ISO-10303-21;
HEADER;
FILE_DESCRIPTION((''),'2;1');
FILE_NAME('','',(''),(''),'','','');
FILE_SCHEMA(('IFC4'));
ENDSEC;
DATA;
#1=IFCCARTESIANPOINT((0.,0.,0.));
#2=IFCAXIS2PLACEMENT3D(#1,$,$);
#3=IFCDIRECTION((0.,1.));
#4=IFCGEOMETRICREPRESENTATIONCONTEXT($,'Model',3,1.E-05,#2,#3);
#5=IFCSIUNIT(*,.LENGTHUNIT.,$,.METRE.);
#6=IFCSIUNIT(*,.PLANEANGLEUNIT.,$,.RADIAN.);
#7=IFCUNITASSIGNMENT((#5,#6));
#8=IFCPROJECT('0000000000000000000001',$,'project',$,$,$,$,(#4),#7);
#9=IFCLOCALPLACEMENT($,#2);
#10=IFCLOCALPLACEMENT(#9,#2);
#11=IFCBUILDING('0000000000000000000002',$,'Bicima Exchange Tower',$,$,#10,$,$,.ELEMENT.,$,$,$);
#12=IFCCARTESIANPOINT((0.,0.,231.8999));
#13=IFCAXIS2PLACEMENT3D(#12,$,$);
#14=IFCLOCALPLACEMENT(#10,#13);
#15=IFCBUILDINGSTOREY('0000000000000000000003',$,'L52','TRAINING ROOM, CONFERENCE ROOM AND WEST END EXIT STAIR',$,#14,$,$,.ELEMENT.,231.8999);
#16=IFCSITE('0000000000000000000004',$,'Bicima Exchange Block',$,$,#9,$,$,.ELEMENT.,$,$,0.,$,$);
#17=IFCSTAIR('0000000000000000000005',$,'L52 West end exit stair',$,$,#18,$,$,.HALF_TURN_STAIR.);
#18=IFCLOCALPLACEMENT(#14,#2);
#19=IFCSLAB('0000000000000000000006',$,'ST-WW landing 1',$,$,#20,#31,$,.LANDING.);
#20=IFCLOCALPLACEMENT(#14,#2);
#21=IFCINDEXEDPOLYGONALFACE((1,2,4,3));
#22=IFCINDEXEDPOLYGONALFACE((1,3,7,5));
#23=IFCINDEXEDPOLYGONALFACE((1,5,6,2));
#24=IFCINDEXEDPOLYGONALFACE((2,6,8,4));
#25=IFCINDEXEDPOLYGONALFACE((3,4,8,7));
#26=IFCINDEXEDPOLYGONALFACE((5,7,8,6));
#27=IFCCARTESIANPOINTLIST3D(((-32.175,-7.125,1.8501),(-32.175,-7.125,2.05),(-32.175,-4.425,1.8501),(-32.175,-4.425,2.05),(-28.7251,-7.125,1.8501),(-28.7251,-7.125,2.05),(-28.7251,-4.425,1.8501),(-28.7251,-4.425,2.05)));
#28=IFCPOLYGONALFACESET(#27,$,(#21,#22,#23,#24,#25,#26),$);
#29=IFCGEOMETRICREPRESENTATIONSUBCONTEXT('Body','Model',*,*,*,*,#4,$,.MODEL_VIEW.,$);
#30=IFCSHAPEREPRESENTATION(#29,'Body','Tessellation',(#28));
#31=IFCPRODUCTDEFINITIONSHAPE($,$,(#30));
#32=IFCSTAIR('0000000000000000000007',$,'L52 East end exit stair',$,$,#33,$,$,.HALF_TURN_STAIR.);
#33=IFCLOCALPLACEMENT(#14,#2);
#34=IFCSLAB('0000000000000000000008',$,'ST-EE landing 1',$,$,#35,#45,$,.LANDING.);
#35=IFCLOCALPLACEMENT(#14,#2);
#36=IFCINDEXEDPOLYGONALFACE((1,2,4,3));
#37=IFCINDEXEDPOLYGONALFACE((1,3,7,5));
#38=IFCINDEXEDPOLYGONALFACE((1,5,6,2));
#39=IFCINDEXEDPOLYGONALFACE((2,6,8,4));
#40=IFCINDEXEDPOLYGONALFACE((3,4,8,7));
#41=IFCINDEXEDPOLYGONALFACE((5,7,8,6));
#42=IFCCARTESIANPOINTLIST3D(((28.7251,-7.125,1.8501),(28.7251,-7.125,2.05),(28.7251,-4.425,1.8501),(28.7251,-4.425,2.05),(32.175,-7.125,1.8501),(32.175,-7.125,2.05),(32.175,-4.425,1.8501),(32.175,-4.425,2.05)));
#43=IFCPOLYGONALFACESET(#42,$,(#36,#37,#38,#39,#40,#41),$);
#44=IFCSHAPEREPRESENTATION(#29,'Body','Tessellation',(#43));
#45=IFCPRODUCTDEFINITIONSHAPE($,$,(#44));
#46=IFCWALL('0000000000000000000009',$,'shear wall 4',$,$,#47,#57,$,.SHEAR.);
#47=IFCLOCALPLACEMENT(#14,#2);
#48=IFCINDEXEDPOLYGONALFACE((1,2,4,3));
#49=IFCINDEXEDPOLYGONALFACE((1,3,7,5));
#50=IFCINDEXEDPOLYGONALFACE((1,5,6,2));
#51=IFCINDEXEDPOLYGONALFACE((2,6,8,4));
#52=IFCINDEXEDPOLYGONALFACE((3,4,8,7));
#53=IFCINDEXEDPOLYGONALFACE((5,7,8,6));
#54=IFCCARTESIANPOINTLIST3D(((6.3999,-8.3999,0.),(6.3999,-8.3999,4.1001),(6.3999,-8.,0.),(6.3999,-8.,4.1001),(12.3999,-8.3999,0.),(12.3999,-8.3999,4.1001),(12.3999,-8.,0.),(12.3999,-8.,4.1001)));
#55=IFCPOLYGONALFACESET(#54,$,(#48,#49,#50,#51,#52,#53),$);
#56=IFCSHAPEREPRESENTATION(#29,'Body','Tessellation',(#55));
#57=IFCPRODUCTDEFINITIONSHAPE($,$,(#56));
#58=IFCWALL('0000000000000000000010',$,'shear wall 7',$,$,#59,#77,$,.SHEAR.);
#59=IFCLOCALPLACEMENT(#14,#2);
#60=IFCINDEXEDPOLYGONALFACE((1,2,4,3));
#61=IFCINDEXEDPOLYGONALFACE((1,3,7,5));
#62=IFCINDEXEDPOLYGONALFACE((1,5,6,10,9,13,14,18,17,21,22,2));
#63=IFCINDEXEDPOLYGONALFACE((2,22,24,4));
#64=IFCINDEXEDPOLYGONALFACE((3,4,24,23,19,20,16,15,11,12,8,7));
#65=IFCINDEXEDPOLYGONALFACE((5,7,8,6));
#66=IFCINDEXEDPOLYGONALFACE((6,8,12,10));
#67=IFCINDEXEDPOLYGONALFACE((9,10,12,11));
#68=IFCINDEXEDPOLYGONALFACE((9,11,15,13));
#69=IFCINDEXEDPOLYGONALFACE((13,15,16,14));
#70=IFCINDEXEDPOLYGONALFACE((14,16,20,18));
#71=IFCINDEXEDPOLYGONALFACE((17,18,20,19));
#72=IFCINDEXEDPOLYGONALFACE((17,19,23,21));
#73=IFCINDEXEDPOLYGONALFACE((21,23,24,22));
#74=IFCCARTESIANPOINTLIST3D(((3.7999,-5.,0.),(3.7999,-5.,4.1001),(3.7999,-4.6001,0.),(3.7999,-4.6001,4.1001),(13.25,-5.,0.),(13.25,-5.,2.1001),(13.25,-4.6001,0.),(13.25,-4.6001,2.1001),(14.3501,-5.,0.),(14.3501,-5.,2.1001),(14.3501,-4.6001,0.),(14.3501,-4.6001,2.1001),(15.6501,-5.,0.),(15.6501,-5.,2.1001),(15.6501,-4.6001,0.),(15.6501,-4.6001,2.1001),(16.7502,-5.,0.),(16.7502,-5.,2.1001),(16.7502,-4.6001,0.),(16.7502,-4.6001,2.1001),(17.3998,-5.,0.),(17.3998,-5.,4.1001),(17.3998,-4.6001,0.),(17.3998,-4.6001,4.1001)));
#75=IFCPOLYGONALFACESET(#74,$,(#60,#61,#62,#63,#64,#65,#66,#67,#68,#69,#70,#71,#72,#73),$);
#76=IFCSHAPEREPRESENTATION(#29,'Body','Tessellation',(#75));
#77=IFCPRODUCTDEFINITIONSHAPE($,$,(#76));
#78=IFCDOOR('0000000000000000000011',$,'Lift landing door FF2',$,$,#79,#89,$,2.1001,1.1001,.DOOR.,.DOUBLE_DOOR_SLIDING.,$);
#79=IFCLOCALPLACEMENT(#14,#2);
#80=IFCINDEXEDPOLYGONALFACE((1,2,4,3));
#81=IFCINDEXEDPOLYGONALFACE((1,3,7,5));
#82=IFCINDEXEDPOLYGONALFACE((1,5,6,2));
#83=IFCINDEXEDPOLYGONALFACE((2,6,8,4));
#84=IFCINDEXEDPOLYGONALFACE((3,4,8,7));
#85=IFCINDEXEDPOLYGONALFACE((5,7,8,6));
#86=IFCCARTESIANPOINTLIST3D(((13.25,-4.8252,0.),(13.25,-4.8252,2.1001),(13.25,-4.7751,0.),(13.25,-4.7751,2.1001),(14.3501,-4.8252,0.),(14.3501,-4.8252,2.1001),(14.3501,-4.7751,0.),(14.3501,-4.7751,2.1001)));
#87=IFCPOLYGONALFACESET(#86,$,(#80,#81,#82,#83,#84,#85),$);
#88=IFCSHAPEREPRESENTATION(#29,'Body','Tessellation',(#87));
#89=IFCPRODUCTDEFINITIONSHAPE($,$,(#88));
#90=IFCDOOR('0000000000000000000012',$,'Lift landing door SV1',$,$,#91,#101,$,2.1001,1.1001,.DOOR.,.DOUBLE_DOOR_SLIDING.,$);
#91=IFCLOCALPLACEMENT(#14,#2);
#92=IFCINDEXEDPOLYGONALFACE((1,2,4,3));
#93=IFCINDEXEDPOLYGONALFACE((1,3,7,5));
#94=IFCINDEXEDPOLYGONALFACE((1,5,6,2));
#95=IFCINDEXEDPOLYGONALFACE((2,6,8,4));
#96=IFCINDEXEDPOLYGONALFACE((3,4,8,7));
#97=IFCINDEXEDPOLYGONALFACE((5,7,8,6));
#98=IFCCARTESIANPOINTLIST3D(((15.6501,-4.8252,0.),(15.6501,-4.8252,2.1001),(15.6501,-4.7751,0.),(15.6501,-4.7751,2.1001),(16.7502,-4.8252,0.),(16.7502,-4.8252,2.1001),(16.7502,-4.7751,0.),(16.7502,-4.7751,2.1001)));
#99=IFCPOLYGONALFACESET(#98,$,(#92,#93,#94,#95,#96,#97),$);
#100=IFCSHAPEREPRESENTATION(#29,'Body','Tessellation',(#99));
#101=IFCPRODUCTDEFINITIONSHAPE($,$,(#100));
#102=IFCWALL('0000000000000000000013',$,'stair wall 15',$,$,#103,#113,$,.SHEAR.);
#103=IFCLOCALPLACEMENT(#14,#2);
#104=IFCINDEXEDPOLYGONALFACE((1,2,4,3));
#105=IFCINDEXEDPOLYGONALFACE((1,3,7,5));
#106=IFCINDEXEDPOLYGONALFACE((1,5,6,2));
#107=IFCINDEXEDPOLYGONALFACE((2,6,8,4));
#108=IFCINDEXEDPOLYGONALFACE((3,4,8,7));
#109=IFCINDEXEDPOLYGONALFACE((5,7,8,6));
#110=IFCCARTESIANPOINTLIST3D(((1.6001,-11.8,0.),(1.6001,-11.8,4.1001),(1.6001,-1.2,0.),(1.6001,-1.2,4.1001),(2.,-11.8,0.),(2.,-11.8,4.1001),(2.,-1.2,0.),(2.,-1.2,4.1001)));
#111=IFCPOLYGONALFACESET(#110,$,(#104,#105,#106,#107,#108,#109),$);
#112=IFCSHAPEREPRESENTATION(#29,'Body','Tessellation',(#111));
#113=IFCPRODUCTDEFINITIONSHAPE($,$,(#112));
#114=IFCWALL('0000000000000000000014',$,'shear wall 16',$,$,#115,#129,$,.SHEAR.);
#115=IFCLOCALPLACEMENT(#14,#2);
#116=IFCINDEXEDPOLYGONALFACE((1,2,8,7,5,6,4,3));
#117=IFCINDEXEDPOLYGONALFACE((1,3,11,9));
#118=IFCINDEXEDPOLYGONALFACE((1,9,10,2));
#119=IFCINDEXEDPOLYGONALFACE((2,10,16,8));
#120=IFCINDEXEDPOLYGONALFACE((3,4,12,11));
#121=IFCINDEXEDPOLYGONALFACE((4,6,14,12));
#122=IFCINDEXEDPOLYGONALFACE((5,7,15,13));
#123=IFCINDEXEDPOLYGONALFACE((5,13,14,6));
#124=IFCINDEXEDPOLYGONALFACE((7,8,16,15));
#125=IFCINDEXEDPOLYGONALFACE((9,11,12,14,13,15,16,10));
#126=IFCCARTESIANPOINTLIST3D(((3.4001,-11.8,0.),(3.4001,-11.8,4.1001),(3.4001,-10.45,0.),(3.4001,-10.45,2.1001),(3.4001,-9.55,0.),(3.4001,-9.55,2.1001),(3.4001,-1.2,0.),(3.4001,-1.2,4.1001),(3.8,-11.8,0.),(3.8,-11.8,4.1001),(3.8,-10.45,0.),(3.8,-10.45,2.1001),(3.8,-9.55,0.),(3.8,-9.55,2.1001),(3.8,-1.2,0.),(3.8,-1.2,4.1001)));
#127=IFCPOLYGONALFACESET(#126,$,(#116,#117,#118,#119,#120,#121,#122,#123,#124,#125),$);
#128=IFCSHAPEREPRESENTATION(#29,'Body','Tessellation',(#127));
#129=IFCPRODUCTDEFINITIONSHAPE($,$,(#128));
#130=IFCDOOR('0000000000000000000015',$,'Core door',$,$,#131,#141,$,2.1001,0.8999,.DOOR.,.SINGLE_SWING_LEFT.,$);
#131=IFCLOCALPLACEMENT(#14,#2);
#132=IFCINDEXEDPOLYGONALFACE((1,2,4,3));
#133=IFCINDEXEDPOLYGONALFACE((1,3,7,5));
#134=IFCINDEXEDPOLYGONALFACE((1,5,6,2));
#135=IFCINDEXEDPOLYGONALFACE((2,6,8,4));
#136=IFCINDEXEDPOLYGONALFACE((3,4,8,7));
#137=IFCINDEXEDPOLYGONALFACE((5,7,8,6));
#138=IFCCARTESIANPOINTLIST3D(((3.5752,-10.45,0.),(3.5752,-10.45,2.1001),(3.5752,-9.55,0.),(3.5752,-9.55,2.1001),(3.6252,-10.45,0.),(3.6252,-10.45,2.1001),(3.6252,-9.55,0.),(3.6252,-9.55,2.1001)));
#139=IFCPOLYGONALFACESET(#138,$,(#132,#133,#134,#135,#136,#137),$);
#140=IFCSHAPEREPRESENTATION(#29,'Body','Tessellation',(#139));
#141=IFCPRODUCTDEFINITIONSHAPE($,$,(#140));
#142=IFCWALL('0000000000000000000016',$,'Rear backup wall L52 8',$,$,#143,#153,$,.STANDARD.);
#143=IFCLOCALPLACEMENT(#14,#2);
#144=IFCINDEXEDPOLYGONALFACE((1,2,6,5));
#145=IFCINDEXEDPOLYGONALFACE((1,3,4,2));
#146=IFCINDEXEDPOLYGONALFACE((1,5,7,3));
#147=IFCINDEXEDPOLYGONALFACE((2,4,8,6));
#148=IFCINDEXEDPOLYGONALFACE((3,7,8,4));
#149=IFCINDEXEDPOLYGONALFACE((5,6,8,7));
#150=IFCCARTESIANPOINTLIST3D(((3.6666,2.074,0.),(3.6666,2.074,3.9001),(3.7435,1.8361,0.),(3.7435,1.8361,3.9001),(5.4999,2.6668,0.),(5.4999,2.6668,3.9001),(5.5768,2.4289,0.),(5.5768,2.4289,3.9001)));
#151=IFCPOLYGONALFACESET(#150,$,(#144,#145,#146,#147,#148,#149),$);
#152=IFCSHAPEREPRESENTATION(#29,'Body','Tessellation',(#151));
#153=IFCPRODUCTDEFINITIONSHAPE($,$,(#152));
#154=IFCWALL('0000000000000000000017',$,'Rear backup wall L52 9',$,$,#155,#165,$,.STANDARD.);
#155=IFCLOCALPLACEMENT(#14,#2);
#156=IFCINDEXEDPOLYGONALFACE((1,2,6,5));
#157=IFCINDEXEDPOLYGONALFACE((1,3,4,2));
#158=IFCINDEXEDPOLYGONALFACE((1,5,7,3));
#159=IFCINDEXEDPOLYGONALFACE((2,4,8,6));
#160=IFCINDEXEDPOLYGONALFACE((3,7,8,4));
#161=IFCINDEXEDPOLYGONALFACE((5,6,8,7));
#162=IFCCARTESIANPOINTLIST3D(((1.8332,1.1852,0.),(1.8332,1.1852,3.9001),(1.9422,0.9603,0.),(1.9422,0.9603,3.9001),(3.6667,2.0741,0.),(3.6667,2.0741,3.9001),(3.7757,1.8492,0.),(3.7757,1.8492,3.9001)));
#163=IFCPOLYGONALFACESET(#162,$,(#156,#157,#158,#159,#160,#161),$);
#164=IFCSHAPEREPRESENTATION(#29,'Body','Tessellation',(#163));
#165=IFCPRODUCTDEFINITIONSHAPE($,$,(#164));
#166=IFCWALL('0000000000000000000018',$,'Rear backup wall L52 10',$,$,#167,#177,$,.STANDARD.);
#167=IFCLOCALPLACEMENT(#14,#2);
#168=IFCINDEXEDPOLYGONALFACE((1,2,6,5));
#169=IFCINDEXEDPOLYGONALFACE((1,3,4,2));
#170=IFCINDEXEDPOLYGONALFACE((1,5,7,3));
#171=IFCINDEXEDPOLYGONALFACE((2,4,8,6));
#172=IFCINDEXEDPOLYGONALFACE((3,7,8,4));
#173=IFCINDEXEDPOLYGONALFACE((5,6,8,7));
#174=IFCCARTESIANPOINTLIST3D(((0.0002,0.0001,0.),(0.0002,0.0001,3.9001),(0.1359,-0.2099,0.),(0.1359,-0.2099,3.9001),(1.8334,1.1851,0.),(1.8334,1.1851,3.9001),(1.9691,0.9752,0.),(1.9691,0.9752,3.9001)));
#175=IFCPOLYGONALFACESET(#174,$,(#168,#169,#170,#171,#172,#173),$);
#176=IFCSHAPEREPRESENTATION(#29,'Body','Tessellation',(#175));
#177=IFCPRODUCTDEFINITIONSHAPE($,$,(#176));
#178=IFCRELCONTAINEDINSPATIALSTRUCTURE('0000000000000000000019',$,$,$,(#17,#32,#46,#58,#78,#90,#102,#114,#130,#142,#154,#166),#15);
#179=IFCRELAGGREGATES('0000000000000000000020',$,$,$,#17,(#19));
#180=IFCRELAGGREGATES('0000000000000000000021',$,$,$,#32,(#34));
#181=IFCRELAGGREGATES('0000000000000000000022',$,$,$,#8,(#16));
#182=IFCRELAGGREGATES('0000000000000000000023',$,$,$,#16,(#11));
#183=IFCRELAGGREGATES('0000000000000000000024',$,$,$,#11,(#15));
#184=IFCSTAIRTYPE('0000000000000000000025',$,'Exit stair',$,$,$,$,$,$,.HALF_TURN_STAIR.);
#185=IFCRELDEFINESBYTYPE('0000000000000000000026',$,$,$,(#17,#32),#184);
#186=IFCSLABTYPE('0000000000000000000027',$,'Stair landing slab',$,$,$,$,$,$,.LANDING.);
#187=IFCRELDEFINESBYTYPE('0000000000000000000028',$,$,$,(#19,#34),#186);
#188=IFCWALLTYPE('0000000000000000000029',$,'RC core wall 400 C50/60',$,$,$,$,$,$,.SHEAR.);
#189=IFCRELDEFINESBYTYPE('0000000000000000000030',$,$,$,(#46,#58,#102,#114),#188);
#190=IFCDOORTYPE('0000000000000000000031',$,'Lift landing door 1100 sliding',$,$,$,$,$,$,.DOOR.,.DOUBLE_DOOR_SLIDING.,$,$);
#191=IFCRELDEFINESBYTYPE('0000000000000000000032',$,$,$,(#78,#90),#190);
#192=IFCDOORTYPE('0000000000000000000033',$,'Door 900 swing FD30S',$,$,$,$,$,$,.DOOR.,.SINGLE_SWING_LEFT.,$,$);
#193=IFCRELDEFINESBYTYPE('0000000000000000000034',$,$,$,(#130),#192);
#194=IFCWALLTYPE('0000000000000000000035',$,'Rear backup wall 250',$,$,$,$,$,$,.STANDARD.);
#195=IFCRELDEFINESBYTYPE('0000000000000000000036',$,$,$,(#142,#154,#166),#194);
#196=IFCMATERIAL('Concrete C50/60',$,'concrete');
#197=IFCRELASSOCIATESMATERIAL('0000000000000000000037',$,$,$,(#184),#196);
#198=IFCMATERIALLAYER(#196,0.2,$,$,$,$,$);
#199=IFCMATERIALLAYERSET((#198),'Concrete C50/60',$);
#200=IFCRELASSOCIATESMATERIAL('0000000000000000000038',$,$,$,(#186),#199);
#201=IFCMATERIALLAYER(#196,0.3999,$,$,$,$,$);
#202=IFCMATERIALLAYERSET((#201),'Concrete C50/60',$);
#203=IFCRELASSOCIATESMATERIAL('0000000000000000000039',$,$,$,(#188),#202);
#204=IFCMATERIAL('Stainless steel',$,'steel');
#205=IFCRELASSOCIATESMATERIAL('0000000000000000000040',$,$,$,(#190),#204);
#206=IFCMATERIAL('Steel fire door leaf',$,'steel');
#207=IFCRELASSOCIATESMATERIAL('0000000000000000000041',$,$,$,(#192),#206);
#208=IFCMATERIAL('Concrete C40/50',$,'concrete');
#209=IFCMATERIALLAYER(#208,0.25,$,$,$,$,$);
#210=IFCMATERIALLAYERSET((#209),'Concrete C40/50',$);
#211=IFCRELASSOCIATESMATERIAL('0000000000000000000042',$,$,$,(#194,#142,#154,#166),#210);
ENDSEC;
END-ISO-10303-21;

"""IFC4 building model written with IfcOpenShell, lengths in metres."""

from ifc_helpers import new_model, si_unit, direction, frame, frame_2d, origin, place, context, subcontext, project, spatial, polyline, rectangle, outline, extrude, material, layer, layer_set, layer_usage, type_object, element, fill, aggregate, save


model = new_model("IFC4")

# Units and contexts
model_context = context("Model", 3, precision=1e-05, world=origin(), true_north=direction((0.0, 1.0)))
body_context = subcontext(model_context, "Body", "Model", "MODEL_VIEW")
ifc_project = project(units=[si_unit("LENGTHUNIT", "METRE"), si_unit("PLANEANGLEUNIT", "RADIAN")], contexts=[model_context])

# Site, building, storey
site_placement = place(None, origin())
site = spatial("IfcSite", under=ifc_project, at=site_placement, Name="Bicima Exchange Block", CompositionType="ELEMENT", RefElevation=0.0)
building_placement = place(site_placement, origin())
building = spatial("IfcBuilding", under=site, at=building_placement, Name="Bicima Exchange Tower", CompositionType="ELEMENT")
storey_placement = place(building_placement, frame((0.0, 0.0, 231.8999)))
storey = spatial("IfcBuildingStorey", under=building, at=storey_placement, Name="L52", Description="TRAINING ROOM, CONFERENCE ROOM AND WEST END EXIT STAIR", CompositionType="ELEMENT", Elevation=231.8999)

# Shared definitions
ifc_material_1 = material(Name="Concrete C40/50", Category="concrete")

# Stairs, slabs
ifc_material_2 = material(Name="Concrete C50/60", Category="concrete")
stair_type_1 = type_object("IfcStairType", Name="Exit stair", PredefinedType="HALF_TURN_STAIR", material=ifc_material_2)
ifc_layer_1 = layer(ifc_material_2, 0.2)
ifc_layer_set_1 = layer_set([ifc_layer_1], Name="Concrete C50/60")
slab_type_1 = type_object("IfcSlabType", Name="Stair landing slab", PredefinedType="LANDING", material=ifc_layer_set_1)
stair_1_placement = place(storey_placement, origin())
stair_1 = element("IfcStair", 1, at=stair_1_placement, inside=storey, type_object=stair_type_1, Name="L52 West end exit stair", PredefinedType="HALF_TURN_STAIR")
slab_1_placement = place(storey_placement, frame((0.0, 0.0, 1.8501)))
slab_1 = element("IfcSlab", 2, at=slab_1_placement, type_object=slab_type_1, Name="ST-WW landing 1", PredefinedType="LANDING", context=body_context, shape_type="SweptSolid", body=[
    extrude(outline(polyline([(-28.7251, -7.125), (-28.7251, -4.425), (-32.175, -4.425), (-32.175, -7.125), (-28.7251, -7.125)])), origin(), (0.0, 0.0, 1.0), 0.2),
])
aggregate(stair_1, [slab_1])
stair_2_placement = place(storey_placement, origin())
stair_2 = element("IfcStair", 3, at=stair_2_placement, inside=storey, type_object=stair_type_1, Name="L52 East end exit stair", PredefinedType="HALF_TURN_STAIR")
slab_2_placement = place(storey_placement, frame((0.0, 0.0, 1.8501)))
slab_2 = element("IfcSlab", 4, at=slab_2_placement, type_object=slab_type_1, Name="ST-EE landing 1", PredefinedType="LANDING", context=body_context, shape_type="SweptSolid", body=[
    extrude(outline(polyline([(32.175, -7.125), (32.175, -4.425), (28.7251, -4.425), (28.7251, -7.125), (32.175, -7.125)])), origin(), (0.0, 0.0, 1.0), 0.2),
])
aggregate(stair_2, [slab_2])

# Wall
ifc_layer_2 = layer(ifc_material_2, 0.3999)
ifc_layer_set_2 = layer_set([ifc_layer_2], Name="Concrete C50/60")
wall_type_1 = type_object("IfcWallType", Name="RC core wall 400 C50/60", PredefinedType="SHEAR", material=ifc_layer_set_2)
wall_1_placement = place(storey_placement, frame((6.3999, -8.2, 0.0), z_axis=(0.0, 0.0, 1.0), x_axis=(1.0, 0.0, 0.0)))
element("IfcWall", 5, at=wall_1_placement, inside=storey, type_object=wall_type_1, Name="shear wall 4", PredefinedType="SHEAR", context=body_context, shape_type="SweptSolid", body=[
    extrude(rectangle(XDim=6.0, YDim=0.3999, at=frame_2d((3.0, 0.0))), origin(), (0.0, 0.0, 1.0), 4.1001),
])

# Wall, openings, doors
wall_2_placement = place(storey_placement, frame((3.8, -4.8, 0.0), z_axis=(0.0, 0.0, 1.0), x_axis=(1.0, 0.0, 0.0)))
wall_2 = element("IfcWall", 6, at=wall_2_placement, inside=storey, type_object=wall_type_1, Name="shear wall 7", PredefinedType="SHEAR", context=body_context, shape_type="SweptSolid", body=[
    extrude(rectangle(XDim=13.5999, YDim=0.3999, at=frame_2d((6.7998, 0.0))), origin(), (0.0, 0.0, 1.0), 4.1001),
])
opening_1_placement = place(wall_2_placement, frame((9.45, 0.0, 0.0)))
opening_1 = element("IfcOpeningElement", 7, at=opening_1_placement, cuts=wall_2, PredefinedType="OPENING", context=body_context, shape_type="SweptSolid", body=[
    extrude(rectangle(XDim=1.1001, YDim=2.1001, at=frame_2d((0.55, 1.05))), frame((0.0, 0.2119, 0.0), z_axis=(0.0, -1.0, 0.0), x_axis=(1.0, 0.0, 0.0)), (0.0, 0.0, 1.0), 0.4238),
])
opening_2_placement = place(wall_2_placement, frame((11.8501, 0.0, 0.0)))
opening_2 = element("IfcOpeningElement", 8, at=opening_2_placement, cuts=wall_2, PredefinedType="OPENING", context=body_context, shape_type="SweptSolid", body=[
    extrude(rectangle(XDim=1.1001, YDim=2.1001, at=frame_2d((0.55, 1.05))), frame((0.0, 0.2119, 0.0), z_axis=(0.0, -1.0, 0.0), x_axis=(1.0, 0.0, 0.0)), (0.0, 0.0, 1.0), 0.4238),
])
ifc_material_3 = material(Name="Stainless steel", Category="steel")
door_type_1 = type_object("IfcDoorType", Name="Lift landing door 1100 sliding", OperationType="DOUBLE_DOOR_SLIDING", PredefinedType="DOOR", material=ifc_material_3)
door_1_placement = place(opening_1_placement, origin())
door_1 = element("IfcDoor", 9, at=door_1_placement, inside=storey, type_object=door_type_1, Name="Lift landing door FF2", OperationType="DOUBLE_DOOR_SLIDING", OverallHeight=2.1001, OverallWidth=1.1001, PredefinedType="DOOR", context=body_context, shape_type="SweptSolid", body=[
    extrude(rectangle(XDim=1.1001, YDim=2.1001, at=frame_2d((0.55, 1.05))), frame((0.0, 0.0249, 0.0), z_axis=(0.0, -1.0, 0.0), x_axis=(1.0, 0.0, 0.0)), (0.0, 0.0, 1.0), 0.05),
])
fill(opening_1, door_1)
door_2_placement = place(opening_2_placement, origin())
door_2 = element("IfcDoor", 10, at=door_2_placement, inside=storey, type_object=door_type_1, Name="Lift landing door SV1", OperationType="DOUBLE_DOOR_SLIDING", OverallHeight=2.1001, OverallWidth=1.1001, PredefinedType="DOOR", context=body_context, shape_type="SweptSolid", body=[
    extrude(rectangle(XDim=1.1001, YDim=2.1001, at=frame_2d((0.55, 1.05))), frame((0.0, 0.0249, 0.0), z_axis=(0.0, -1.0, 0.0), x_axis=(1.0, 0.0, 0.0)), (0.0, 0.0, 1.0), 0.05),
])
fill(opening_2, door_2)

# Wall
wall_3_placement = place(storey_placement, frame((1.8, -11.8, 0.0), z_axis=(0.0, 0.0, 1.0), x_axis=(0.0, 1.0, 0.0)))
element("IfcWall", 11, at=wall_3_placement, inside=storey, type_object=wall_type_1, Name="stair wall 15", PredefinedType="SHEAR", context=body_context, shape_type="SweptSolid", body=[
    extrude(rectangle(XDim=10.6001, YDim=0.3999, at=frame_2d((5.3, 0.0))), origin(), (0.0, 0.0, 1.0), 4.1001),
])

# Wall, opening, door
wall_4_placement = place(storey_placement, frame((3.6001, -11.8, 0.0), z_axis=(0.0, 0.0, 1.0), x_axis=(0.0, 1.0, 0.0)))
wall_4 = element("IfcWall", 12, at=wall_4_placement, inside=storey, type_object=wall_type_1, Name="shear wall 16", PredefinedType="SHEAR", context=body_context, shape_type="SweptSolid", body=[
    extrude(rectangle(XDim=10.6001, YDim=0.3999, at=frame_2d((5.3, 0.0))), origin(), (0.0, 0.0, 1.0), 4.1001),
])
opening_3_placement = place(wall_4_placement, frame((1.3501, 0.0, 0.0)))
opening_3 = element("IfcOpeningElement", 13, at=opening_3_placement, cuts=wall_4, PredefinedType="OPENING", context=body_context, shape_type="SweptSolid", body=[
    extrude(rectangle(XDim=0.8999, YDim=2.1001, at=frame_2d((0.45, 1.05))), frame((0.0, 0.2119, 0.0), z_axis=(0.0, -1.0, 0.0), x_axis=(1.0, 0.0, 0.0)), (0.0, 0.0, 1.0), 0.4238),
])
ifc_material_4 = material(Name="Steel fire door leaf", Category="steel")
door_type_2 = type_object("IfcDoorType", Name="Door 900 swing FD30S", OperationType="SINGLE_SWING_LEFT", PredefinedType="DOOR", material=ifc_material_4)
door_3_placement = place(opening_3_placement, origin())
door_3 = element("IfcDoor", 14, at=door_3_placement, inside=storey, type_object=door_type_2, Name="Core door", OperationType="SINGLE_SWING_LEFT", OverallHeight=2.1001, OverallWidth=0.8999, PredefinedType="DOOR", context=body_context, shape_type="SweptSolid", body=[
    extrude(rectangle(XDim=0.8999, YDim=2.1001, at=frame_2d((0.45, 1.05))), frame((0.0, 0.0249, 0.0), z_axis=(0.0, -1.0, 0.0), x_axis=(1.0, 0.0, 0.0)), (0.0, 0.0, 1.0), 0.05),
])
fill(opening_3, door_3)

# Walls
ifc_layer_3 = layer(ifc_material_1, 0.25)
ifc_layer_set_3 = layer_set([ifc_layer_3], Name="Concrete C40/50")
ifc_layer_usage = layer_usage(ifc_layer_set_3, "AXIS2", "POSITIVE", -0.125)
wall_type_2 = type_object("IfcWallType", Name="Rear backup wall 250", PredefinedType="STANDARD", material=ifc_layer_set_3)
wall_5_placement = place(storey_placement, frame((5.5383, 2.5479, 0.0), z_axis=(0.0, 0.0, 1.0), x_axis=(-0.951496, -0.307662, 0.0)))
element("IfcWall", 15, at=wall_5_placement, inside=storey, type_object=wall_type_2, material=ifc_layer_usage, Name="Rear backup wall L52 8", PredefinedType="STANDARD", context=body_context, shape_type="SweptSolid", body=[
    extrude(rectangle(XDim=1.9268, YDim=0.25, at=frame_2d((0.9634, 0.0))), origin(), (0.0, 0.0, 1.0), 3.9001),
])
wall_6_placement = place(storey_placement, frame((3.7212, 1.9617, 0.0), z_axis=(0.0, 0.0, 1.0), x_axis=(-0.899824, -0.436253, 0.0)))
element("IfcWall", 16, at=wall_6_placement, inside=storey, type_object=wall_type_2, material=ifc_layer_usage, Name="Rear backup wall L52 9", PredefinedType="STANDARD", context=body_context, shape_type="SweptSolid", body=[
    extrude(rectangle(XDim=2.0376, YDim=0.25, at=frame_2d((1.0188, 0.0))), origin(), (0.0, 0.0, 1.0), 3.9001),
])
wall_7_placement = place(storey_placement, frame((1.9011, 1.0801, 0.0), z_axis=(0.0, 0.0, 1.0), x_axis=(-0.839813, -0.542876, 0.0)))
element("IfcWall", 17, at=wall_7_placement, inside=storey, type_object=wall_type_2, material=ifc_layer_usage, Name="Rear backup wall L52 10", PredefinedType="STANDARD", context=body_context, shape_type="SweptSolid", body=[
    extrude(rectangle(XDim=2.1829, YDim=0.25, at=frame_2d((1.0913, 0.0))), origin(), (0.0, 0.0, 1.0), 3.9001),
])

save(model, "model.ifc")
